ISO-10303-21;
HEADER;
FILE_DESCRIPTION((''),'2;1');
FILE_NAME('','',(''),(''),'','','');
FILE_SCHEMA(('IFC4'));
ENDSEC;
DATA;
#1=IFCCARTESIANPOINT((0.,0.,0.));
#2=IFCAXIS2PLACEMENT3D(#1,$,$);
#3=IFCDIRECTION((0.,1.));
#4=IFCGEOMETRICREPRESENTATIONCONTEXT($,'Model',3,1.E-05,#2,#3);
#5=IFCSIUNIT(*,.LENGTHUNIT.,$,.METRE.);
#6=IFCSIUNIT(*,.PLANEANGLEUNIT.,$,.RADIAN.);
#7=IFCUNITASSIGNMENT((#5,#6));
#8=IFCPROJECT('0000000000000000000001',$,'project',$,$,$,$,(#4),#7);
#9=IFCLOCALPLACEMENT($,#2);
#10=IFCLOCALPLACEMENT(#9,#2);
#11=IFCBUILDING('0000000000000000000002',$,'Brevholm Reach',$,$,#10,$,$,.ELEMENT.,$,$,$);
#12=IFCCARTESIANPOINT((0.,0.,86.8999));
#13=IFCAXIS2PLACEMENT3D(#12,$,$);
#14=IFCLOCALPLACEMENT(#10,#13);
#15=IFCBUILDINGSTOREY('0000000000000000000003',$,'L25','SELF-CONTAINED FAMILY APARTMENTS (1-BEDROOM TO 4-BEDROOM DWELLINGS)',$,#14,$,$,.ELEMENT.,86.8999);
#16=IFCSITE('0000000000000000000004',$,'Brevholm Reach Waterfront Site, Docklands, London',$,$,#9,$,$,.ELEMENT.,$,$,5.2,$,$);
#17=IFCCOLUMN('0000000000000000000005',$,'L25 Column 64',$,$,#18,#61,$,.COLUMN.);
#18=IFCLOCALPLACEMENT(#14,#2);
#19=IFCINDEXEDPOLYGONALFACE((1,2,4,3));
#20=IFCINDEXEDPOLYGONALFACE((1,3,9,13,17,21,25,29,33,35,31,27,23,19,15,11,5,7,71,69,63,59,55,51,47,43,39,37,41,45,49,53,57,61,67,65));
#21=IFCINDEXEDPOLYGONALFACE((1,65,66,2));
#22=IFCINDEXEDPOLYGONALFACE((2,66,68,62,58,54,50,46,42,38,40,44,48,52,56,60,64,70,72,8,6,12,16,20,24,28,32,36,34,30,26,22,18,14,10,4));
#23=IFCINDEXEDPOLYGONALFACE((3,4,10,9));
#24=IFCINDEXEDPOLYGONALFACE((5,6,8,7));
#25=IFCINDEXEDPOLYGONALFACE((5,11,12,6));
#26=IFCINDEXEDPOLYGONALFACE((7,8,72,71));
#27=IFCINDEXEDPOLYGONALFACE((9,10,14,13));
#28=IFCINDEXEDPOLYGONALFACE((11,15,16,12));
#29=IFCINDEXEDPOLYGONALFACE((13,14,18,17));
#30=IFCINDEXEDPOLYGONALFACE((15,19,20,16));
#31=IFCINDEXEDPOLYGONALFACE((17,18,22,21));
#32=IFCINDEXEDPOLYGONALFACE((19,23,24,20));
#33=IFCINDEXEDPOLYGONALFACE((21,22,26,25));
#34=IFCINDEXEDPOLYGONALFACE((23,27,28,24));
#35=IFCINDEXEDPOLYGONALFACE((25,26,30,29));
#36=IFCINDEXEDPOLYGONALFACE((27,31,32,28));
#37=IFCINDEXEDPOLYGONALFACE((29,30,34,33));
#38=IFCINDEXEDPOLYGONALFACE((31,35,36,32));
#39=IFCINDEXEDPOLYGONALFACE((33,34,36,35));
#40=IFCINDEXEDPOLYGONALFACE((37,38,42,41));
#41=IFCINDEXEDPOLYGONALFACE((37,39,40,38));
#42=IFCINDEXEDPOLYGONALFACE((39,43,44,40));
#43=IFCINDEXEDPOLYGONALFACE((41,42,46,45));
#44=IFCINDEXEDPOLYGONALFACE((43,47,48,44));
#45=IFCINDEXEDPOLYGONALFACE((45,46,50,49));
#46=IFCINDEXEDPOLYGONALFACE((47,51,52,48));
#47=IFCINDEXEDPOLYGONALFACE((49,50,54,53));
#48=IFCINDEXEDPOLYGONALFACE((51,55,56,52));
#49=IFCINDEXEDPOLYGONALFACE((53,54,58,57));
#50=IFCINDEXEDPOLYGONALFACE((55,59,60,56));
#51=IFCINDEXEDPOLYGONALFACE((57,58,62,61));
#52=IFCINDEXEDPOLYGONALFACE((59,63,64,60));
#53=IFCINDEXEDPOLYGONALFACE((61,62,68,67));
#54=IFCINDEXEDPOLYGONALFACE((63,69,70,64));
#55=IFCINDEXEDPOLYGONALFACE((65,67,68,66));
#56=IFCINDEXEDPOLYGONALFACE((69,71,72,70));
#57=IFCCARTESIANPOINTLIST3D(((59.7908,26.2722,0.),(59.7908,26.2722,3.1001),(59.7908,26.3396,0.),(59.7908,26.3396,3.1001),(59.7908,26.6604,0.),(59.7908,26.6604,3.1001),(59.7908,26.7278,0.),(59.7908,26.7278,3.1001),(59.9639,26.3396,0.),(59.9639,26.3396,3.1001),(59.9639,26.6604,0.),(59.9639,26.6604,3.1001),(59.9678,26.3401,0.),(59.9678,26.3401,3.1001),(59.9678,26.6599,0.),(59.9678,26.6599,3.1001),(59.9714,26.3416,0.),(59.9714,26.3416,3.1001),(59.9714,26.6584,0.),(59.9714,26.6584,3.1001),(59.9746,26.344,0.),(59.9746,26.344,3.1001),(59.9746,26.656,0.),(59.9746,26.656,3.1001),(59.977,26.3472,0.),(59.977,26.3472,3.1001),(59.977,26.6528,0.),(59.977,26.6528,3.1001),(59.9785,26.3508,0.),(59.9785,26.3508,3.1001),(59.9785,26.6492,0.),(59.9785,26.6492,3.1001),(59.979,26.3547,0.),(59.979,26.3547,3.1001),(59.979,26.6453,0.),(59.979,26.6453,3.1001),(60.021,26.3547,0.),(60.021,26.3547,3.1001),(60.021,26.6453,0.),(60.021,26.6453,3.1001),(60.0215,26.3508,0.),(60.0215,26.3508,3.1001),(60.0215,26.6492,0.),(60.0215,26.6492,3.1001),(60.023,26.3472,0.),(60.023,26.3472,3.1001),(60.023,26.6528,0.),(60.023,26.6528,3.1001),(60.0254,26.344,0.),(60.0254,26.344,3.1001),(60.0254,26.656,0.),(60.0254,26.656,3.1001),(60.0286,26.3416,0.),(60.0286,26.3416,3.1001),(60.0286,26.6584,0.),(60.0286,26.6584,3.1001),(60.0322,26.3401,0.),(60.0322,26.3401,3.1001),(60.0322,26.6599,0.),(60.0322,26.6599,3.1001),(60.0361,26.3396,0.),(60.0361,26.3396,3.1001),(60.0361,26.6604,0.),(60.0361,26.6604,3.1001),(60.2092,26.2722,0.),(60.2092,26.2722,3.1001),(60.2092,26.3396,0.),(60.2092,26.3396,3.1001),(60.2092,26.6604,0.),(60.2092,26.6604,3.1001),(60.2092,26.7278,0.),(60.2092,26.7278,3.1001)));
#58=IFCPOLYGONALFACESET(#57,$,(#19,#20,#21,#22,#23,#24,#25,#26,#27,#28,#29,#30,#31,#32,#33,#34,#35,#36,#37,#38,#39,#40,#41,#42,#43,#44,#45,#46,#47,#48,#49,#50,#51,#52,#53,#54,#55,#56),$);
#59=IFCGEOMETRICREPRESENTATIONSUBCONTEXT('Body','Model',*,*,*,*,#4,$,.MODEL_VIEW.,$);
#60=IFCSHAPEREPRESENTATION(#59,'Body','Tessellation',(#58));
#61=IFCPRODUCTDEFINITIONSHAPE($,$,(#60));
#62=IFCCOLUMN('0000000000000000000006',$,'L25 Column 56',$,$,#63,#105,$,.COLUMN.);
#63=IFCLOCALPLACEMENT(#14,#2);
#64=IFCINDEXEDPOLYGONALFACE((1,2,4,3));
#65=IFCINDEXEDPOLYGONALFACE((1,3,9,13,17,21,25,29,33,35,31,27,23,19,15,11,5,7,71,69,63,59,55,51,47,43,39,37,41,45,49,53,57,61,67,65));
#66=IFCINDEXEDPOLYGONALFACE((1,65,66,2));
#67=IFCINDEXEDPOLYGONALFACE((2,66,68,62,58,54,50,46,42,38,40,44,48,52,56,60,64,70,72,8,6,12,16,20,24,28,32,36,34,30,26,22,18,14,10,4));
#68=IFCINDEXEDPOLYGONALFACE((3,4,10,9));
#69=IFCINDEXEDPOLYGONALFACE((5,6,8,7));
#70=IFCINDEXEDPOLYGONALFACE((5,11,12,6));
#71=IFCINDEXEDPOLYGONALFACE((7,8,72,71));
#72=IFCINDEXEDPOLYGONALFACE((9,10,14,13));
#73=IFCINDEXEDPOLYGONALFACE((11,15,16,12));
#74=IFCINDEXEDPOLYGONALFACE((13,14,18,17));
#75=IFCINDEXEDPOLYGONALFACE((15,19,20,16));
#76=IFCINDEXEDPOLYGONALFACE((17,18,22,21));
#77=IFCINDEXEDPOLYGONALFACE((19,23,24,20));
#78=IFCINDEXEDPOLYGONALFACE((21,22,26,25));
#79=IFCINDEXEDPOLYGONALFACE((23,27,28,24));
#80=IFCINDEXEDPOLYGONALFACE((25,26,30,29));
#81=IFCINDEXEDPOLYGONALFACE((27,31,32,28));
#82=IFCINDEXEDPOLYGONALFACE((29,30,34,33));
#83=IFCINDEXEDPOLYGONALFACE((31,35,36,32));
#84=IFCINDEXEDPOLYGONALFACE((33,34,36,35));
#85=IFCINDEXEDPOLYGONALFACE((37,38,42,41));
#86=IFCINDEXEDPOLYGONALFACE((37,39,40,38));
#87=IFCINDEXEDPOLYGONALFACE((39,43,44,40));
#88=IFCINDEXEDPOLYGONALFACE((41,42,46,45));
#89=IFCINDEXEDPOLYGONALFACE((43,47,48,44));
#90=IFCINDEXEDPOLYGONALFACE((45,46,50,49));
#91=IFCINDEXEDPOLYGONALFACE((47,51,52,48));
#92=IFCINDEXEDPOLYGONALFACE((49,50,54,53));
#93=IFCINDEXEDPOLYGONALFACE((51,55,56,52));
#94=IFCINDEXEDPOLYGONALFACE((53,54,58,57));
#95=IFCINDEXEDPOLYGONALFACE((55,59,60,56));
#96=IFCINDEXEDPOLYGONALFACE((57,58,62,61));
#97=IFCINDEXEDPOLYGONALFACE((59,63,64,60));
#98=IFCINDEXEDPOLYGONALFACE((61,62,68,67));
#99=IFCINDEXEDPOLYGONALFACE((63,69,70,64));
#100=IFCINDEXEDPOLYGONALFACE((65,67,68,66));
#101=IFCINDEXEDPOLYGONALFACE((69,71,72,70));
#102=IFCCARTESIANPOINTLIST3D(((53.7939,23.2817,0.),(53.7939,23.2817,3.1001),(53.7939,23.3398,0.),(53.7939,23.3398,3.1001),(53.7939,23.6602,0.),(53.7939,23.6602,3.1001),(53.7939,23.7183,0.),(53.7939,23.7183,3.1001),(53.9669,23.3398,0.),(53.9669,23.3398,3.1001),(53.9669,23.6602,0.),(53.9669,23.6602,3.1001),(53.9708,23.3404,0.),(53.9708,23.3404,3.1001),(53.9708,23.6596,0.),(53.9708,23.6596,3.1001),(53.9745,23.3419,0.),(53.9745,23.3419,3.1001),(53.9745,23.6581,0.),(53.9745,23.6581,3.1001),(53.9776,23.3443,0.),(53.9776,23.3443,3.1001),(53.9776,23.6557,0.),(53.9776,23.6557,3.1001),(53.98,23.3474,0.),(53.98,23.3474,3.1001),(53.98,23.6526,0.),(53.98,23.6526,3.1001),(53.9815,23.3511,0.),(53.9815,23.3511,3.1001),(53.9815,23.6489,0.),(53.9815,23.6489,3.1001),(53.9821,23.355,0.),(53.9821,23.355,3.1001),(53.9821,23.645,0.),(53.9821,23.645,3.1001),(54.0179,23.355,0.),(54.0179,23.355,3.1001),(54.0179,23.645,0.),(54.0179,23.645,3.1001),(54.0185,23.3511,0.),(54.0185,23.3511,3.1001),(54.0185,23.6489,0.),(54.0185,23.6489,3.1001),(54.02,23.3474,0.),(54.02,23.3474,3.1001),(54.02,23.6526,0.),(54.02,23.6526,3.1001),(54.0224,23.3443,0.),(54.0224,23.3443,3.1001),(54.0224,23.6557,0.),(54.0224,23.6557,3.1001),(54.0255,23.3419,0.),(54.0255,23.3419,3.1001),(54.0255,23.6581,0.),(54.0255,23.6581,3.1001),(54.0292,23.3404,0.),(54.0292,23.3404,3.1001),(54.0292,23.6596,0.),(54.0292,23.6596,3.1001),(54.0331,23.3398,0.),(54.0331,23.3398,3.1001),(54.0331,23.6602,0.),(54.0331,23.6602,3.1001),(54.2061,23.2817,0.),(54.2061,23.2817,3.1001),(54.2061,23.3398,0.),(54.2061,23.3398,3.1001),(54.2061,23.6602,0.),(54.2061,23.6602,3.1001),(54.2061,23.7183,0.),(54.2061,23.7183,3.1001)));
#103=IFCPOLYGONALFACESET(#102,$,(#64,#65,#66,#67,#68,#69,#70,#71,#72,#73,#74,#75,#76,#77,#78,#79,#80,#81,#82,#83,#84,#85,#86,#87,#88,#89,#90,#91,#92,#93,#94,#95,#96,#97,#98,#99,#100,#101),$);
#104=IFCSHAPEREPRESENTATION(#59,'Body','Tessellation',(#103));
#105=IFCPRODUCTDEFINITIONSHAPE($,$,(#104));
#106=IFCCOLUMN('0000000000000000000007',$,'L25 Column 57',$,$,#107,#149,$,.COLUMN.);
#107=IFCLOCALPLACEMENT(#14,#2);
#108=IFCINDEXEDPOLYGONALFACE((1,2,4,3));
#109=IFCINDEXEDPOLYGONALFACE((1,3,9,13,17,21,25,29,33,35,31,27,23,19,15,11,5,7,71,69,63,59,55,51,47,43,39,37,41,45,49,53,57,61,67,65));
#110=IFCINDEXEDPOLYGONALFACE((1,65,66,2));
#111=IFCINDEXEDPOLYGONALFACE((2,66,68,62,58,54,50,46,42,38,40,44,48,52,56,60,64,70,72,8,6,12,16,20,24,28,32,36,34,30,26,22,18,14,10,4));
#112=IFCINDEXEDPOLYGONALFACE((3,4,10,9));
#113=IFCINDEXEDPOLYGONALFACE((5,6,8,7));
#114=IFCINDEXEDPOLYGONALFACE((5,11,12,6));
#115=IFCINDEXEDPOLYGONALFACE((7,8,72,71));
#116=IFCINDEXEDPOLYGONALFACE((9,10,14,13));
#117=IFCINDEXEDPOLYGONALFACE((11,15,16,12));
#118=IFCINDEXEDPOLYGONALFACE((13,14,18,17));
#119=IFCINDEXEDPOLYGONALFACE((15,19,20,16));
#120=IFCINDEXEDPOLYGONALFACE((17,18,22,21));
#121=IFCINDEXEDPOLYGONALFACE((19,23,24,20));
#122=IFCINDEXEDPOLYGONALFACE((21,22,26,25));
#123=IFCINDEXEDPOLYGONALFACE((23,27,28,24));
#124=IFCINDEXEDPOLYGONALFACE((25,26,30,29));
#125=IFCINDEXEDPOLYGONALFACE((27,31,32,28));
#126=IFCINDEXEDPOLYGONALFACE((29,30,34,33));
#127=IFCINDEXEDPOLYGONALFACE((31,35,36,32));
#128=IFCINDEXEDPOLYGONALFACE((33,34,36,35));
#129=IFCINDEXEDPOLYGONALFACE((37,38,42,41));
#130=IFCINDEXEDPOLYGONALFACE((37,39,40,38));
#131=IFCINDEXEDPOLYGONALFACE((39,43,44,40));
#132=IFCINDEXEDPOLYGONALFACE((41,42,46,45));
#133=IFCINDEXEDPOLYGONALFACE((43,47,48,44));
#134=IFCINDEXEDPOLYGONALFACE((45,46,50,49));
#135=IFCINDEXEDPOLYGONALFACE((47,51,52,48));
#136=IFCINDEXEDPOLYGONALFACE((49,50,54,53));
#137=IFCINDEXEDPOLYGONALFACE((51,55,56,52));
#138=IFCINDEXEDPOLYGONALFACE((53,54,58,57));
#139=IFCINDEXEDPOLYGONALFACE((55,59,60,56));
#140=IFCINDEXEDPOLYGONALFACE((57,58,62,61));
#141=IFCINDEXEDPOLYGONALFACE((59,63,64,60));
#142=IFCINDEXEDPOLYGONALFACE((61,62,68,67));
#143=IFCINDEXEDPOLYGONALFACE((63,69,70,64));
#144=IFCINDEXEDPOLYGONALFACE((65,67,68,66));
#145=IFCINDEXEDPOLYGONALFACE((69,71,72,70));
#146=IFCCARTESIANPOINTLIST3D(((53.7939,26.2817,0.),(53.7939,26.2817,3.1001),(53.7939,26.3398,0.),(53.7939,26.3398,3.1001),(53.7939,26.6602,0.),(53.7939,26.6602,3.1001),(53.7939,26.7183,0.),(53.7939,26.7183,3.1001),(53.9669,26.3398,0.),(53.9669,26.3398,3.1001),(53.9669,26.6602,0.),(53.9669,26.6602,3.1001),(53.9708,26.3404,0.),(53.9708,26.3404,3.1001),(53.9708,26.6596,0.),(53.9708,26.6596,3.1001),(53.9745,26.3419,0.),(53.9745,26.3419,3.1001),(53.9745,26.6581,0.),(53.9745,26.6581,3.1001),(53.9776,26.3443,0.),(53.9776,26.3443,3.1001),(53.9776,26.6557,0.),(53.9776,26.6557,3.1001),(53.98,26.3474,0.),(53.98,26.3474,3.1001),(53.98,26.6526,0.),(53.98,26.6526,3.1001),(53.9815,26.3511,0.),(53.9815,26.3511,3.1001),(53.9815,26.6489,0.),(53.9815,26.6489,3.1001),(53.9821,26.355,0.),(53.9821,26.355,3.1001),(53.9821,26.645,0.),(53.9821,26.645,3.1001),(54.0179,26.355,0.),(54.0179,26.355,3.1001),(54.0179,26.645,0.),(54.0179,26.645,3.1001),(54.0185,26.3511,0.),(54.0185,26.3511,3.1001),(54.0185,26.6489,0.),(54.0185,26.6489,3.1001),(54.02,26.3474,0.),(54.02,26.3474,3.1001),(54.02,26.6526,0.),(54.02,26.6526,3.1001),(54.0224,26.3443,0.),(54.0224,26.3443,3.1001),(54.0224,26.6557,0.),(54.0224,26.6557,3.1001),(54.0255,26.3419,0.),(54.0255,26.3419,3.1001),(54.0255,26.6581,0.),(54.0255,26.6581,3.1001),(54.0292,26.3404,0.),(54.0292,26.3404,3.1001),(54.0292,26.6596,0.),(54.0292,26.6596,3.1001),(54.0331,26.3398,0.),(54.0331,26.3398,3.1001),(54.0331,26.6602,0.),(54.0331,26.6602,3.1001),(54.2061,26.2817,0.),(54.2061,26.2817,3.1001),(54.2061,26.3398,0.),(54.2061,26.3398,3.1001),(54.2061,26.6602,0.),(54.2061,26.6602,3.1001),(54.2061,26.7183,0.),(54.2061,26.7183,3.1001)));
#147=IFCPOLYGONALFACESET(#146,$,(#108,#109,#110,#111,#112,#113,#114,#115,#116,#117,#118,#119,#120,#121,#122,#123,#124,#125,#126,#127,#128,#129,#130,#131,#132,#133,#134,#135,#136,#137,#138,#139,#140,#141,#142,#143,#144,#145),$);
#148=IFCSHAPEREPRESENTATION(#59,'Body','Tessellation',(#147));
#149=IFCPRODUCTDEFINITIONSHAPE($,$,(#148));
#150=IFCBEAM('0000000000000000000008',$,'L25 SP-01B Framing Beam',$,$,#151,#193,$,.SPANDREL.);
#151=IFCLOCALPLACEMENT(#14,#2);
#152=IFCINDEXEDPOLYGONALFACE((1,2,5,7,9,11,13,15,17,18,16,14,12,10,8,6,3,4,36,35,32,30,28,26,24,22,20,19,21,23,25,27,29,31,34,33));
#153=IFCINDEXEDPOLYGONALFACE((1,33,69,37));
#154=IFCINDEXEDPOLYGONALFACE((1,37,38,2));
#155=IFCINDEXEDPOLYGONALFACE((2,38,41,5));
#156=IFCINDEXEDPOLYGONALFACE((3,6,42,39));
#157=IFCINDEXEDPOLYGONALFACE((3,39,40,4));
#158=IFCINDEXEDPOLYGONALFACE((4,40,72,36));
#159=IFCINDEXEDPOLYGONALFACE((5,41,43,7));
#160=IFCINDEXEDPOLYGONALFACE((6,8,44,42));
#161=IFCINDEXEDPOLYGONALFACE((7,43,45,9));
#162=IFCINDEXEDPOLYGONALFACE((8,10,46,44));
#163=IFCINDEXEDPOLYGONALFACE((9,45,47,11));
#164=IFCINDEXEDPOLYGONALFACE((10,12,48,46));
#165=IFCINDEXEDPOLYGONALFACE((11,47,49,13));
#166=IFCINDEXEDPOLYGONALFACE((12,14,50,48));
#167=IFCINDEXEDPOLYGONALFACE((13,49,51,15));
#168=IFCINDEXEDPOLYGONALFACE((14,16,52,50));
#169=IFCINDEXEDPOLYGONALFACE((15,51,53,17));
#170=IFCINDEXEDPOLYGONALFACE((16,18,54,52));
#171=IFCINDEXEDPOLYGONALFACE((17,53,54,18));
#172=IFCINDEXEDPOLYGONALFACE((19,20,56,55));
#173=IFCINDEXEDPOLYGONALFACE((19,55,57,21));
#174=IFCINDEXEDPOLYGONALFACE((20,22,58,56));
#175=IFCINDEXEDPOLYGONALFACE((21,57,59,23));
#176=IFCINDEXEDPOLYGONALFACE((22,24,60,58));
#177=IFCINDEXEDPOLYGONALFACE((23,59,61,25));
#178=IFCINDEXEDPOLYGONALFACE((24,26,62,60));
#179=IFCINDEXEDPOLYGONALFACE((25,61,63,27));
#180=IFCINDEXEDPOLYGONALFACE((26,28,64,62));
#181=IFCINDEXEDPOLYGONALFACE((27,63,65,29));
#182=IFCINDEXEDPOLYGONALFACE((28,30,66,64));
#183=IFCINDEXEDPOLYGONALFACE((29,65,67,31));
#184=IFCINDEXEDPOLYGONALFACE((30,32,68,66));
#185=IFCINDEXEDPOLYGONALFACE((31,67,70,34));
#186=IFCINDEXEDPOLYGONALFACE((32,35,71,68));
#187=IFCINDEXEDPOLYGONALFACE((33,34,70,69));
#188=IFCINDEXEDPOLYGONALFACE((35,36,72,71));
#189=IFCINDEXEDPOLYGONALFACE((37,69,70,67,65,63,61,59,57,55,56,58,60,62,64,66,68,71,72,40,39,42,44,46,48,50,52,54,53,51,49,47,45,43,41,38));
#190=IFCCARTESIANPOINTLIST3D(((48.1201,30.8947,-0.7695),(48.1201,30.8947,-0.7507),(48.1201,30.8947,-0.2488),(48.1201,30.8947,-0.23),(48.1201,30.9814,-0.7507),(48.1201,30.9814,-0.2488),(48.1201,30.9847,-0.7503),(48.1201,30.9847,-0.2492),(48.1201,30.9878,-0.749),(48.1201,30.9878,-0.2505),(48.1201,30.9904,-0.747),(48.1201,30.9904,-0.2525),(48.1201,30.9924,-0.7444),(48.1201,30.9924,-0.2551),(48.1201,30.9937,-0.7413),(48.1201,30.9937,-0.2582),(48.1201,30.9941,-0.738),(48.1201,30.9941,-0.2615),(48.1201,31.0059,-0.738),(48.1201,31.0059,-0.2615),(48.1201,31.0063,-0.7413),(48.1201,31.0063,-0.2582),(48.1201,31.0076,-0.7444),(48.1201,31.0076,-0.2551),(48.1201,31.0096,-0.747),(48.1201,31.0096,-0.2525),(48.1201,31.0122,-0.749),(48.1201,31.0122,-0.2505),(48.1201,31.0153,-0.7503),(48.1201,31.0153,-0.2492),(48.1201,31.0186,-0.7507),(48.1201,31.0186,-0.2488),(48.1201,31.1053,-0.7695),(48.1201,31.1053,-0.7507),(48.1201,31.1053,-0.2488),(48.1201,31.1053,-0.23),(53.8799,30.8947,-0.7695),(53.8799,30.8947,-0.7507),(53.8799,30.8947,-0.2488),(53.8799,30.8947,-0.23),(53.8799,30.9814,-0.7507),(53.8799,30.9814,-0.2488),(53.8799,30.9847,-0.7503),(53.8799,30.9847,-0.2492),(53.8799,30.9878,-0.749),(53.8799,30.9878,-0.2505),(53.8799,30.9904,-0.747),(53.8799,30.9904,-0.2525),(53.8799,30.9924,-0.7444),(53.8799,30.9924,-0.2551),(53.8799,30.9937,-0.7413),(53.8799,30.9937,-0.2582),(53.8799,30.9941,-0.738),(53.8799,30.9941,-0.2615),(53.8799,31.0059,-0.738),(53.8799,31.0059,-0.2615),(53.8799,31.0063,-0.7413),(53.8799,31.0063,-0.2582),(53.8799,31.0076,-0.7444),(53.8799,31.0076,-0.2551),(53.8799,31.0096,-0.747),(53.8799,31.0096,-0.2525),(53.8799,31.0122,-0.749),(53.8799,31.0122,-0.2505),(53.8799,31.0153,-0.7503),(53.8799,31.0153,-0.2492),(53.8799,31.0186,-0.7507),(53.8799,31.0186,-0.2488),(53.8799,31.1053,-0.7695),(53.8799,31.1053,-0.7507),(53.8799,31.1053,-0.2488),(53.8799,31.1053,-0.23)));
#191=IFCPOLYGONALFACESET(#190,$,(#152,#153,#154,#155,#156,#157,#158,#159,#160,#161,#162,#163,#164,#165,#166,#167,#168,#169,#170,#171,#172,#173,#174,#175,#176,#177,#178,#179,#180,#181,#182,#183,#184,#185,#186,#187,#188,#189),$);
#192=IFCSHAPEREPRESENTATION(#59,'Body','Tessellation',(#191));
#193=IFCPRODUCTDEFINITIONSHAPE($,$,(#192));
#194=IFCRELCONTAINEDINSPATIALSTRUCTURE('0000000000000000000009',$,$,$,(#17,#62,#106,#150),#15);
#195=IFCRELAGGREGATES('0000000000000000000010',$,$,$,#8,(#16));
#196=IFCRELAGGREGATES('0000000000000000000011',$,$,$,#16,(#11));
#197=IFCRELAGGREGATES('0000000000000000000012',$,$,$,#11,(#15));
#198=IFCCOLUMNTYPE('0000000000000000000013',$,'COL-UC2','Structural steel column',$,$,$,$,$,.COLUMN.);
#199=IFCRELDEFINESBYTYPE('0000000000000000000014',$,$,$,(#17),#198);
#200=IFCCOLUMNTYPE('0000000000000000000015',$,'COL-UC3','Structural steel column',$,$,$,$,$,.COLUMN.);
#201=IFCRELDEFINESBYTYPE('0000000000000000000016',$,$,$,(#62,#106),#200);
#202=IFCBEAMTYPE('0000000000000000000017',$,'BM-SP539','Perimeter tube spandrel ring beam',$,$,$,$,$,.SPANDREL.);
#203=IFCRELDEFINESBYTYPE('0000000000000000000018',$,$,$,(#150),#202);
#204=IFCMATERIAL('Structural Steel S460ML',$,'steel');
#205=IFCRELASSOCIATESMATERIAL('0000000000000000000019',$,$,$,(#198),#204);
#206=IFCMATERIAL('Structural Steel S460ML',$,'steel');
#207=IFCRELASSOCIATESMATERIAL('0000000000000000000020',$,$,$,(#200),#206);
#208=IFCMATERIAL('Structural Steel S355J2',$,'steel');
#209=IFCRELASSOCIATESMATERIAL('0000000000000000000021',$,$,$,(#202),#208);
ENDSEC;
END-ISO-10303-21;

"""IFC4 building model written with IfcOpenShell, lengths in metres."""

from ifc_helpers import new_model, si_unit, direction, frame, origin, origin_2d, place, context, subcontext, project, spatial, i_section, extrude, material, material_profile, profile_set, type_object, element, save


model = new_model("IFC4")

# Units and contexts
model_context = context("Model", 3, precision=1e-05, world=origin(), true_north=direction((0.0, 1.0)))
body_context = subcontext(model_context, "Body", "Model", "MODEL_VIEW")
ifc_project = project(units=[si_unit("LENGTHUNIT", "METRE"), si_unit("PLANEANGLEUNIT", "RADIAN")], contexts=[model_context])

# Site, building, storey
site_placement = place(None, origin())
site = spatial("IfcSite", under=ifc_project, at=site_placement, Name="Brevholm Reach Waterfront Site, Docklands, London", CompositionType="ELEMENT", RefElevation=5.2)
building_placement = place(site_placement, origin())
building = spatial("IfcBuilding", under=site, at=building_placement, Name="Brevholm Reach", CompositionType="ELEMENT")
storey_placement = place(building_placement, frame((0.0, 0.0, 86.8999)))
storey = spatial("IfcBuildingStorey", under=building, at=storey_placement, Name="L25", Description="SELF-CONTAINED FAMILY APARTMENTS (1-BEDROOM TO 4-BEDROOM DWELLINGS)", CompositionType="ELEMENT", Elevation=86.8999)

# Columns
ifc_material_1 = material(Name="Structural Steel S460ML", Category="steel")
ifc_material_profile_1 = material_profile(ifc_material_1, i_section(OverallWidth=0.4185, OverallDepth=0.4556, WebThickness=0.042, FlangeThickness=0.0674, FilletRadius=0.0151, at=origin_2d()), Name="UKC 356x406x551")
ifc_profile_set_1 = profile_set([ifc_material_profile_1], Name="Structural Steel S460ML")
column_type_1 = type_object("IfcColumnType", Name="COL-UC2", Description="Structural steel column", PredefinedType="COLUMN", material=ifc_profile_set_1)
for number, where, z_axis, x_axis, name in (
    (1, (60.0, 26.5, 0.0), (0.0, 0.0, 1.0), (1.0, 0.0, 0.0), "L25 Column 64"),
):
    element("IfcColumn", number, at=place(storey_placement, frame(where, z_axis=z_axis, x_axis=x_axis)), inside=storey, type_object=column_type_1, Name=name, PredefinedType="COLUMN", context=body_context, shape_type="SweptSolid", body=[
        extrude(i_section(OverallWidth=0.4185, OverallDepth=0.4556, WebThickness=0.042, FlangeThickness=0.0674, FilletRadius=0.0151, at=origin_2d()), origin(), (0.0, 0.0, 1.0), 3.1001),
    ])
ifc_material_2 = material(Name="Structural Steel S460ML", Category="steel")
ifc_material_profile_2 = material_profile(ifc_material_2, i_section(OverallWidth=0.4121, OverallDepth=0.4365, WebThickness=0.0359, FlangeThickness=0.0581, FilletRadius=0.0151, at=origin_2d()), Name="UKC 356x406x467")
ifc_profile_set_2 = profile_set([ifc_material_profile_2], Name="Structural Steel S460ML")
column_type_2 = type_object("IfcColumnType", Name="COL-UC3", Description="Structural steel column", PredefinedType="COLUMN", material=ifc_profile_set_2)
for number, where, z_axis, x_axis, name in (
    (2, (54.0, 23.5, 0.0), (0.0, 0.0, 1.0), (1.0, 0.0, 0.0), "L25 Column 56"),
    (3, (54.0, 26.5, 0.0), (0.0, 0.0, 1.0), (1.0, 0.0, 0.0), "L25 Column 57"),
):
    element("IfcColumn", number, at=place(storey_placement, frame(where, z_axis=z_axis, x_axis=x_axis)), inside=storey, type_object=column_type_2, Name=name, PredefinedType="COLUMN", context=body_context, shape_type="SweptSolid", body=[
        extrude(i_section(OverallWidth=0.4121, OverallDepth=0.4365, WebThickness=0.0359, FlangeThickness=0.0581, FilletRadius=0.0151, at=origin_2d()), origin(), (0.0, 0.0, 1.0), 3.1001),
    ])

# Beam
ifc_material_3 = material(Name="Structural Steel S355J2", Category="steel")
ifc_material_profile_3 = material_profile(ifc_material_3, i_section(OverallWidth=0.2107, OverallDepth=0.5396, WebThickness=0.0117, FlangeThickness=0.0188, FilletRadius=0.0127, at=origin_2d()), Name="UKB 533x210x109")
ifc_profile_set_3 = profile_set([ifc_material_profile_3], Name="Structural Steel S355J2")
beam_type_1 = type_object("IfcBeamType", Name="BM-SP539", Description="Perimeter tube spandrel ring beam", PredefinedType="SPANDREL", material=ifc_profile_set_3)
beam_1_placement = place(storey_placement, frame((48.1201, 31.0, -0.4998), z_axis=(1.0, 0.0, 0.0), x_axis=(0.0, 1.0, 0.0)))
element("IfcBeam", 4, at=beam_1_placement, inside=storey, type_object=beam_type_1, Name="L25 SP-01B Framing Beam", PredefinedType="SPANDREL", context=body_context, shape_type="SweptSolid", body=[
    extrude(i_section(OverallWidth=0.2107, OverallDepth=0.5396, WebThickness=0.0117, FlangeThickness=0.0188, FilletRadius=0.0127, at=origin_2d()), origin(), (0.0, 0.0, 1.0), 5.7598),
])

save(model, "model.ifc")
